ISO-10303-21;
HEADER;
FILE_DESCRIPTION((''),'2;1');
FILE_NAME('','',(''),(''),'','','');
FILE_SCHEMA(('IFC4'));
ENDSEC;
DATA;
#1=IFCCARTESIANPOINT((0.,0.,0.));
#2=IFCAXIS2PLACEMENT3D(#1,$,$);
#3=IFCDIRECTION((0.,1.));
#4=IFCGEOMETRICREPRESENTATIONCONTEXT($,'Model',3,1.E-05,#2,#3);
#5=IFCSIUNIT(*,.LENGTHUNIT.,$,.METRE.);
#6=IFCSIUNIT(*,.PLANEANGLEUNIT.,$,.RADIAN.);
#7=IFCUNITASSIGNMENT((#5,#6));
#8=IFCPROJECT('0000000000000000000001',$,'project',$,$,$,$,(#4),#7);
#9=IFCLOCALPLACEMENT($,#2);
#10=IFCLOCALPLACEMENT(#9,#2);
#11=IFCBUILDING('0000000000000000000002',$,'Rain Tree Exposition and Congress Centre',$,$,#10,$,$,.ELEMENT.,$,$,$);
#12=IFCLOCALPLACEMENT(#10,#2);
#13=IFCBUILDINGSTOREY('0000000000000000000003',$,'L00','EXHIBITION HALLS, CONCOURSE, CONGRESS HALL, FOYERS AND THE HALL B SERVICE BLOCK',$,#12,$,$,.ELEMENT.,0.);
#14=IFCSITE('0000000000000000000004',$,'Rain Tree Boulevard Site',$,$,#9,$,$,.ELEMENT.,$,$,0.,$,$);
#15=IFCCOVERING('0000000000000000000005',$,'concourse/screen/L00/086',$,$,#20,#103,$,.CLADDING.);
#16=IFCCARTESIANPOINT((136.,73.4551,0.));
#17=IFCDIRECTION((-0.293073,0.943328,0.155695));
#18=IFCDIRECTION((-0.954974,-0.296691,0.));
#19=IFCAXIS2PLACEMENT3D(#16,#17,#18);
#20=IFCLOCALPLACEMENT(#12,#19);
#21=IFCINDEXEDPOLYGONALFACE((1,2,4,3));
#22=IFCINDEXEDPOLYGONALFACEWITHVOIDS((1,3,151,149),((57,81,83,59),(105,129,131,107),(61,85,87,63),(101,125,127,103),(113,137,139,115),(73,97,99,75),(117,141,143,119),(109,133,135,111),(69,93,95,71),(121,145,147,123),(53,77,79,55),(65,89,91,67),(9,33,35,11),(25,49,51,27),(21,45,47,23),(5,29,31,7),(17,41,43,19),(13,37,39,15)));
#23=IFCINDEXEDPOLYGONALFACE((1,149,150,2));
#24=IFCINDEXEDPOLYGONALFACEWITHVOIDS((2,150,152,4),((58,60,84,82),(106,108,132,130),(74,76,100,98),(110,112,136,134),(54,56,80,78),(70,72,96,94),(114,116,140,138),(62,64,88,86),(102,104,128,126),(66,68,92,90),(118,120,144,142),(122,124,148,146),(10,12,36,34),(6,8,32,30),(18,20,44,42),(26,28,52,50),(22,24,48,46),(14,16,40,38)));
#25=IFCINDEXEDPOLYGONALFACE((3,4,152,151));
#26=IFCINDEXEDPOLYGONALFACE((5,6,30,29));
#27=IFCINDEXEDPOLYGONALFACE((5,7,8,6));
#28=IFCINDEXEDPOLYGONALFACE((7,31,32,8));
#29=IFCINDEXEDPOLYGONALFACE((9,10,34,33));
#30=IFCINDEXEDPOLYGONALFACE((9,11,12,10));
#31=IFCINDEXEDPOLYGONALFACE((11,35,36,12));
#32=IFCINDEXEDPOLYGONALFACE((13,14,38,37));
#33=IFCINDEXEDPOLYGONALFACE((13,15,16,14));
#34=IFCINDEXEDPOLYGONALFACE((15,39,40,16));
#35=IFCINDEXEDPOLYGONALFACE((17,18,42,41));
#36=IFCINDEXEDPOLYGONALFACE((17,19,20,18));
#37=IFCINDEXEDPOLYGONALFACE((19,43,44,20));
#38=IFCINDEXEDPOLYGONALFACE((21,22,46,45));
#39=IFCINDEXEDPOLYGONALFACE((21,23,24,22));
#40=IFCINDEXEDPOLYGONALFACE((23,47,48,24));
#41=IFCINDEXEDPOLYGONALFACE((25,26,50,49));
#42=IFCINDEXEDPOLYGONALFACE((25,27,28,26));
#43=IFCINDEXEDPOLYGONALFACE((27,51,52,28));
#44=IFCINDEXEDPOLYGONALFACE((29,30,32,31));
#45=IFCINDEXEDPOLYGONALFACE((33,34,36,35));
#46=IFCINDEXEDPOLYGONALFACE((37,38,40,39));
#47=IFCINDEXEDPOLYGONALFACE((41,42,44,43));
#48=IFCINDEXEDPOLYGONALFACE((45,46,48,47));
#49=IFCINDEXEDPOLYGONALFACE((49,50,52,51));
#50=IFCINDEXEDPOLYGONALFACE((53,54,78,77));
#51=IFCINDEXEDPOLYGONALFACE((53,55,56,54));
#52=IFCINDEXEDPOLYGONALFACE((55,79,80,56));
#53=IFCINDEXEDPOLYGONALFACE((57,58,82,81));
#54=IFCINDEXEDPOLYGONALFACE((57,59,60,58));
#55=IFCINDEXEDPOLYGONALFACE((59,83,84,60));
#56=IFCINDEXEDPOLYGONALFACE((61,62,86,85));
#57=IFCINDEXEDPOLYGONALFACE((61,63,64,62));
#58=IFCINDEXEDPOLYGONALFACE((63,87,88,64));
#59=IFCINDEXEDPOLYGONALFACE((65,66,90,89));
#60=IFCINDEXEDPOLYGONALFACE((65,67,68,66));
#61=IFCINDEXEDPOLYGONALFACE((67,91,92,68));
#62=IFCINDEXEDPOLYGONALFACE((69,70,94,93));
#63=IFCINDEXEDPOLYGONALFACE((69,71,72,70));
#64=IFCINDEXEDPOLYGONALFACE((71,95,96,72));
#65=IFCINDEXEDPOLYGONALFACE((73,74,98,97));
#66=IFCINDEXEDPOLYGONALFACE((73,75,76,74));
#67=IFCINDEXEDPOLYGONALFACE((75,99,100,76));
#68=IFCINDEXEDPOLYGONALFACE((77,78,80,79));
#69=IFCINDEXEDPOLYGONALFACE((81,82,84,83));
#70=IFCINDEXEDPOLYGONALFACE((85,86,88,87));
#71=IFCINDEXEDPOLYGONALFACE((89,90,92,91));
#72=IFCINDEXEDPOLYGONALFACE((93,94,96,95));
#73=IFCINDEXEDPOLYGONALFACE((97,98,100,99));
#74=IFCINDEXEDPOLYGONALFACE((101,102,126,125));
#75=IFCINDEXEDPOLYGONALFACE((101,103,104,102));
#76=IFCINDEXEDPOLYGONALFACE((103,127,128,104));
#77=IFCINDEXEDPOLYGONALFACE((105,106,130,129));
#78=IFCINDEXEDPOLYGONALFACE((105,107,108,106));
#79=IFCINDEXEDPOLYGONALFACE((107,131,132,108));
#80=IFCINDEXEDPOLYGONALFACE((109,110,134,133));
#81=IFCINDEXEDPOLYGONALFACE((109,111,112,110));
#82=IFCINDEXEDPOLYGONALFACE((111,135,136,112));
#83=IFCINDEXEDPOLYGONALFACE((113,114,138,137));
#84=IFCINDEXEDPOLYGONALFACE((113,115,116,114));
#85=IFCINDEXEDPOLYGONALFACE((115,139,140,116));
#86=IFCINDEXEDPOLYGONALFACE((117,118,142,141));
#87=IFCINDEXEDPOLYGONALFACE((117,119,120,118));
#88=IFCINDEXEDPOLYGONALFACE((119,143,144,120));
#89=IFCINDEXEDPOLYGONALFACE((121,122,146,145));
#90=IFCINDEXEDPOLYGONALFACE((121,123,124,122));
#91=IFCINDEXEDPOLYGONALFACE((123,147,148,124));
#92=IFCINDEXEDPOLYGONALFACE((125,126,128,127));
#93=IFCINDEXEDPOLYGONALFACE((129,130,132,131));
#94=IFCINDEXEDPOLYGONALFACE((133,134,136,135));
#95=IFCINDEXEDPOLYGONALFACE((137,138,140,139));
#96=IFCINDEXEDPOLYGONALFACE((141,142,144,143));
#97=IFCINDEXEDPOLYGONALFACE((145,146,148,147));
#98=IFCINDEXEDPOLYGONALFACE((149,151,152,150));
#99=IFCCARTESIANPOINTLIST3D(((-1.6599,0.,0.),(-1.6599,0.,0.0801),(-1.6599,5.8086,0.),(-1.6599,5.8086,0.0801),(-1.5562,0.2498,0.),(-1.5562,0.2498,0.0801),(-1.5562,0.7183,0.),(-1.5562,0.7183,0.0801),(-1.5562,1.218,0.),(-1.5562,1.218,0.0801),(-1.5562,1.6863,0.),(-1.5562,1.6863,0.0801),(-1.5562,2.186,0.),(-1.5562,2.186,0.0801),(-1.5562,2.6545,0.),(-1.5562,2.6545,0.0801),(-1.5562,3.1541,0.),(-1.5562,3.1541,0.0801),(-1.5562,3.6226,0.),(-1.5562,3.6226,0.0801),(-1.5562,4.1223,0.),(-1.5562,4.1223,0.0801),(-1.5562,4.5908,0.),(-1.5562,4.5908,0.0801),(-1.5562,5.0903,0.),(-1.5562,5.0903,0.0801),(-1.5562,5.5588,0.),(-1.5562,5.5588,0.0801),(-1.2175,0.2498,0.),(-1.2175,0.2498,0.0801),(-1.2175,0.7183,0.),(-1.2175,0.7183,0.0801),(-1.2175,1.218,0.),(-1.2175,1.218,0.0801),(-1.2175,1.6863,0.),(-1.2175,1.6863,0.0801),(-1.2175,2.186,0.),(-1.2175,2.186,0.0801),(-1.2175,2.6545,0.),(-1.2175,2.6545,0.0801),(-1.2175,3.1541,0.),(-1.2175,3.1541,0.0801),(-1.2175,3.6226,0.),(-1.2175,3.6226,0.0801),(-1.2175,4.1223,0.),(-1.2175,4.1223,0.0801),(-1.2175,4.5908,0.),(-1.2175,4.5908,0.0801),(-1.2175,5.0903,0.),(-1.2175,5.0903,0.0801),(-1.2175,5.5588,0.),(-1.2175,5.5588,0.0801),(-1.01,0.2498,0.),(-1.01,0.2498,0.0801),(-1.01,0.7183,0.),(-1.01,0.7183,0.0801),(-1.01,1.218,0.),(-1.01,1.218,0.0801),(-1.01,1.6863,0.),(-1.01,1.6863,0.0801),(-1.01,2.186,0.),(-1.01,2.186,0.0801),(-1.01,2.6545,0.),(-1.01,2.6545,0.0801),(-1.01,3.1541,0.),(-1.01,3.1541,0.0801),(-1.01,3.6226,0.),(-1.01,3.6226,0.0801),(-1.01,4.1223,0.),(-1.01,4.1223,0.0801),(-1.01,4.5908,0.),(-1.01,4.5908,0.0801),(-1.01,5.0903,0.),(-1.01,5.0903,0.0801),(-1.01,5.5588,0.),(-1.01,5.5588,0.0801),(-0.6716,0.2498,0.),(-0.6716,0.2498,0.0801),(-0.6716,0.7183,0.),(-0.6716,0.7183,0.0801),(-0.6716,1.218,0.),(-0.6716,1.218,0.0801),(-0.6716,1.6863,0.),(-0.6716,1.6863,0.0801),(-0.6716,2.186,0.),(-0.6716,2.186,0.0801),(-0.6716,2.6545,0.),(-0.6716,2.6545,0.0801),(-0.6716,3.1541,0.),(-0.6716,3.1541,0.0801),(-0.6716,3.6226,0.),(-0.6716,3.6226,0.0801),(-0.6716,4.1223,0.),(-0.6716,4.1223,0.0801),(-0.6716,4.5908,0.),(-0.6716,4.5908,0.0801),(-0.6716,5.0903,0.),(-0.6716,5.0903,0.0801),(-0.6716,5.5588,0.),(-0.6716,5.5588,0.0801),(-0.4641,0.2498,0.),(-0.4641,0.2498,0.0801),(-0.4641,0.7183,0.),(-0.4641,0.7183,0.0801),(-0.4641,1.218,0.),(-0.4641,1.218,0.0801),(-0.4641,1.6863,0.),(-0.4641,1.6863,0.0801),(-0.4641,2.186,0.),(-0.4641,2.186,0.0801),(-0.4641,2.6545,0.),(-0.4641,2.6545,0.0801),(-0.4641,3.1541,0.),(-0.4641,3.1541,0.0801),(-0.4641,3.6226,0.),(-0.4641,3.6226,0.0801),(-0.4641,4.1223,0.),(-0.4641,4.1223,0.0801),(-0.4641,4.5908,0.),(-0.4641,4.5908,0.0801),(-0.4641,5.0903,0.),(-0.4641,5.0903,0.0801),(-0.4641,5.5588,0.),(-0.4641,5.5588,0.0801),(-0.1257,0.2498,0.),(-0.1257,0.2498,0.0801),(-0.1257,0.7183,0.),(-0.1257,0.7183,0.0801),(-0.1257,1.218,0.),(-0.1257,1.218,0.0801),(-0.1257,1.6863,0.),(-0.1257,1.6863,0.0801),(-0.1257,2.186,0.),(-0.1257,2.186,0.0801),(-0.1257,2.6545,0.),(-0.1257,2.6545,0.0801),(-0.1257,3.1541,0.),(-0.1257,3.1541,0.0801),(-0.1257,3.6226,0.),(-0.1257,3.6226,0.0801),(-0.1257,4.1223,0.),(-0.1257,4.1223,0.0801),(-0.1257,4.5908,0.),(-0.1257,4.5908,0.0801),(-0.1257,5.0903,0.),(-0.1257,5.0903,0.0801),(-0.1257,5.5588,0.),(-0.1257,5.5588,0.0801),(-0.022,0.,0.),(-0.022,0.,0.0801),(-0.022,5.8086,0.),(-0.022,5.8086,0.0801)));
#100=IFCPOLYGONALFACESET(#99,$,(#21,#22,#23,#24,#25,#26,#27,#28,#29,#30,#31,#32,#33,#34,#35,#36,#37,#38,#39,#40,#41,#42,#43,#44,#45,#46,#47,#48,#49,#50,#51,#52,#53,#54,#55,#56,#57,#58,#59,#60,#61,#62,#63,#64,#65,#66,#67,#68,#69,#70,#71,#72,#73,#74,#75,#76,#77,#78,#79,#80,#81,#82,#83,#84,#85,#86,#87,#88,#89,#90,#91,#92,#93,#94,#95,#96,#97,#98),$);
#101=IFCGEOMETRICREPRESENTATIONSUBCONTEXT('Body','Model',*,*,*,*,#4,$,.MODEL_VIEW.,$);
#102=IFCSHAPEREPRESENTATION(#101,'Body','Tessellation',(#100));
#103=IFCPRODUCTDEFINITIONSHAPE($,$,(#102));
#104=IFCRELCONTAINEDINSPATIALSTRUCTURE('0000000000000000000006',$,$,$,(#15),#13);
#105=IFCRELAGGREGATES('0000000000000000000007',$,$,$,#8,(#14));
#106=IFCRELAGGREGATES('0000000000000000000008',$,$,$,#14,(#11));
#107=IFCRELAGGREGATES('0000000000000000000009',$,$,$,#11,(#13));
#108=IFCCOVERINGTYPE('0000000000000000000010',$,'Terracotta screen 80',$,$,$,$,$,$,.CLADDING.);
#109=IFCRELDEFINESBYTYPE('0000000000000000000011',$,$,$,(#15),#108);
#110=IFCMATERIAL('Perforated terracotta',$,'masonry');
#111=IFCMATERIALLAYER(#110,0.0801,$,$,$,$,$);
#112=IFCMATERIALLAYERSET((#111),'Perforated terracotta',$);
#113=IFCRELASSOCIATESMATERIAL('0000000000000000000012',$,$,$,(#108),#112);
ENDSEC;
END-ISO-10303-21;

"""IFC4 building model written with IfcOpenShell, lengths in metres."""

from ifc_helpers import new_model, si_unit, direction, frame, origin, place, context, subcontext, project, spatial, polyline, outline, extrude, material, layer, layer_set, type_object, element, save


model = new_model("IFC4")

# Units and contexts
model_context = context("Model", 3, precision=1e-05, world=origin(), true_north=direction((0.0, 1.0)))
body_context = subcontext(model_context, "Body", "Model", "MODEL_VIEW")
ifc_project = project(units=[si_unit("LENGTHUNIT", "METRE"), si_unit("PLANEANGLEUNIT", "RADIAN")], contexts=[model_context])

# Site, building, storey
site_placement = place(None, origin())
site = spatial("IfcSite", under=ifc_project, at=site_placement, Name="Rain Tree Boulevard Site", CompositionType="ELEMENT", RefElevation=0.0)
building_placement = place(site_placement, origin())
building = spatial("IfcBuilding", under=site, at=building_placement, Name="Rain Tree Exposition and Congress Centre", CompositionType="ELEMENT")
storey_placement = place(building_placement, origin())
storey = spatial("IfcBuildingStorey", under=building, at=storey_placement, Name="L00", Description="EXHIBITION HALLS, CONCOURSE, CONGRESS HALL, FOYERS AND THE HALL B SERVICE BLOCK", CompositionType="ELEMENT", Elevation=0.0)

# Covering
ifc_material_1 = material(Name="Perforated terracotta", Category="masonry")
ifc_layer_1 = layer(ifc_material_1, 0.0801)
ifc_layer_set_1 = layer_set([ifc_layer_1], Name="Perforated terracotta")
covering_type = type_object("IfcCoveringType", Name="Terracotta screen 80", PredefinedType="CLADDING", material=ifc_layer_set_1)
covering_1_placement = place(storey_placement, frame((136.0, 73.4551, 0.0), z_axis=(-0.293073, 0.943328, 0.155695), x_axis=(-0.954974, -0.296691, 0.0)))
element("IfcCovering", 1, at=covering_1_placement, inside=storey, type_object=covering_type, Name="concourse/screen/L00/086", PredefinedType="CLADDING", context=body_context, shape_type="SweptSolid", body=[
    extrude(outline(polyline([(-0.022, 0.0), (-1.6599, 0.0), (-1.6599, 5.8086), (-0.022, 5.8086), (-0.022, 0.0)]), holes=[polyline([(-0.1257, 0.2498), (-0.1257, 0.7183), (-0.4641, 0.7183), (-0.4641, 0.2498), (-0.1257, 0.2498)]), polyline([(-0.1257, 1.218), (-0.1257, 1.6863), (-0.4641, 1.6863), (-0.4641, 1.218), (-0.1257, 1.218)]), polyline([(-0.1257, 2.186), (-0.1257, 2.6545), (-0.4641, 2.6545), (-0.4641, 2.186), (-0.1257, 2.186)]), polyline([(-0.1257, 3.1541), (-0.1257, 3.6226), (-0.4641, 3.6226), (-0.4641, 3.1541), (-0.1257, 3.1541)]), polyline([(-0.1257, 4.1223), (-0.1257, 4.5908), (-0.4641, 4.5908), (-0.4641, 4.1223), (-0.1257, 4.1223)]), polyline([(-0.1257, 5.0903), (-0.1257, 5.5588), (-0.4641, 5.5588), (-0.4641, 5.0903), (-0.1257, 5.0903)]), polyline([(-0.6716, 0.2498), (-0.6716, 0.7183), (-1.01, 0.7183), (-1.01, 0.2498), (-0.6716, 0.2498)]), polyline([(-0.6716, 1.218), (-0.6716, 1.6863), (-1.01, 1.6863), (-1.01, 1.218), (-0.6716, 1.218)]), polyline([(-0.6716, 2.186), (-0.6716, 2.6545), (-1.01, 2.6545), (-1.01, 2.186), (-0.6716, 2.186)]), polyline([(-0.6716, 3.1541), (-0.6716, 3.6226), (-1.01, 3.6226), (-1.01, 3.1541), (-0.6716, 3.1541)]), polyline([(-0.6716, 4.1223), (-0.6716, 4.5908), (-1.01, 4.5908), (-1.01, 4.1223), (-0.6716, 4.1223)]), polyline([(-0.6716, 5.0903), (-0.6716, 5.5588), (-1.01, 5.5588), (-1.01, 5.0903), (-0.6716, 5.0903)]), polyline([(-1.2175, 0.2498), (-1.2175, 0.7183), (-1.5562, 0.7183), (-1.5562, 0.2498), (-1.2175, 0.2498)]), polyline([(-1.2175, 1.218), (-1.2175, 1.6863), (-1.5562, 1.6863), (-1.5562, 1.218), (-1.2175, 1.218)]), polyline([(-1.2175, 2.186), (-1.2175, 2.6545), (-1.5562, 2.6545), (-1.5562, 2.186), (-1.2175, 2.186)]), polyline([(-1.2175, 3.1541), (-1.2175, 3.6226), (-1.5562, 3.6226), (-1.5562, 3.1541), (-1.2175, 3.1541)]), polyline([(-1.2175, 4.1223), (-1.2175, 4.5908), (-1.5562, 4.5908), (-1.5562, 4.1223), (-1.2175, 4.1223)]), polyline([(-1.2175, 5.0903), (-1.2175, 5.5588), (-1.5562, 5.5588), (-1.5562, 5.0903), (-1.2175, 5.0903)])]), origin(), (0.0, 0.0, 1.0), 0.0801),
])

save(model, "model.ifc")
